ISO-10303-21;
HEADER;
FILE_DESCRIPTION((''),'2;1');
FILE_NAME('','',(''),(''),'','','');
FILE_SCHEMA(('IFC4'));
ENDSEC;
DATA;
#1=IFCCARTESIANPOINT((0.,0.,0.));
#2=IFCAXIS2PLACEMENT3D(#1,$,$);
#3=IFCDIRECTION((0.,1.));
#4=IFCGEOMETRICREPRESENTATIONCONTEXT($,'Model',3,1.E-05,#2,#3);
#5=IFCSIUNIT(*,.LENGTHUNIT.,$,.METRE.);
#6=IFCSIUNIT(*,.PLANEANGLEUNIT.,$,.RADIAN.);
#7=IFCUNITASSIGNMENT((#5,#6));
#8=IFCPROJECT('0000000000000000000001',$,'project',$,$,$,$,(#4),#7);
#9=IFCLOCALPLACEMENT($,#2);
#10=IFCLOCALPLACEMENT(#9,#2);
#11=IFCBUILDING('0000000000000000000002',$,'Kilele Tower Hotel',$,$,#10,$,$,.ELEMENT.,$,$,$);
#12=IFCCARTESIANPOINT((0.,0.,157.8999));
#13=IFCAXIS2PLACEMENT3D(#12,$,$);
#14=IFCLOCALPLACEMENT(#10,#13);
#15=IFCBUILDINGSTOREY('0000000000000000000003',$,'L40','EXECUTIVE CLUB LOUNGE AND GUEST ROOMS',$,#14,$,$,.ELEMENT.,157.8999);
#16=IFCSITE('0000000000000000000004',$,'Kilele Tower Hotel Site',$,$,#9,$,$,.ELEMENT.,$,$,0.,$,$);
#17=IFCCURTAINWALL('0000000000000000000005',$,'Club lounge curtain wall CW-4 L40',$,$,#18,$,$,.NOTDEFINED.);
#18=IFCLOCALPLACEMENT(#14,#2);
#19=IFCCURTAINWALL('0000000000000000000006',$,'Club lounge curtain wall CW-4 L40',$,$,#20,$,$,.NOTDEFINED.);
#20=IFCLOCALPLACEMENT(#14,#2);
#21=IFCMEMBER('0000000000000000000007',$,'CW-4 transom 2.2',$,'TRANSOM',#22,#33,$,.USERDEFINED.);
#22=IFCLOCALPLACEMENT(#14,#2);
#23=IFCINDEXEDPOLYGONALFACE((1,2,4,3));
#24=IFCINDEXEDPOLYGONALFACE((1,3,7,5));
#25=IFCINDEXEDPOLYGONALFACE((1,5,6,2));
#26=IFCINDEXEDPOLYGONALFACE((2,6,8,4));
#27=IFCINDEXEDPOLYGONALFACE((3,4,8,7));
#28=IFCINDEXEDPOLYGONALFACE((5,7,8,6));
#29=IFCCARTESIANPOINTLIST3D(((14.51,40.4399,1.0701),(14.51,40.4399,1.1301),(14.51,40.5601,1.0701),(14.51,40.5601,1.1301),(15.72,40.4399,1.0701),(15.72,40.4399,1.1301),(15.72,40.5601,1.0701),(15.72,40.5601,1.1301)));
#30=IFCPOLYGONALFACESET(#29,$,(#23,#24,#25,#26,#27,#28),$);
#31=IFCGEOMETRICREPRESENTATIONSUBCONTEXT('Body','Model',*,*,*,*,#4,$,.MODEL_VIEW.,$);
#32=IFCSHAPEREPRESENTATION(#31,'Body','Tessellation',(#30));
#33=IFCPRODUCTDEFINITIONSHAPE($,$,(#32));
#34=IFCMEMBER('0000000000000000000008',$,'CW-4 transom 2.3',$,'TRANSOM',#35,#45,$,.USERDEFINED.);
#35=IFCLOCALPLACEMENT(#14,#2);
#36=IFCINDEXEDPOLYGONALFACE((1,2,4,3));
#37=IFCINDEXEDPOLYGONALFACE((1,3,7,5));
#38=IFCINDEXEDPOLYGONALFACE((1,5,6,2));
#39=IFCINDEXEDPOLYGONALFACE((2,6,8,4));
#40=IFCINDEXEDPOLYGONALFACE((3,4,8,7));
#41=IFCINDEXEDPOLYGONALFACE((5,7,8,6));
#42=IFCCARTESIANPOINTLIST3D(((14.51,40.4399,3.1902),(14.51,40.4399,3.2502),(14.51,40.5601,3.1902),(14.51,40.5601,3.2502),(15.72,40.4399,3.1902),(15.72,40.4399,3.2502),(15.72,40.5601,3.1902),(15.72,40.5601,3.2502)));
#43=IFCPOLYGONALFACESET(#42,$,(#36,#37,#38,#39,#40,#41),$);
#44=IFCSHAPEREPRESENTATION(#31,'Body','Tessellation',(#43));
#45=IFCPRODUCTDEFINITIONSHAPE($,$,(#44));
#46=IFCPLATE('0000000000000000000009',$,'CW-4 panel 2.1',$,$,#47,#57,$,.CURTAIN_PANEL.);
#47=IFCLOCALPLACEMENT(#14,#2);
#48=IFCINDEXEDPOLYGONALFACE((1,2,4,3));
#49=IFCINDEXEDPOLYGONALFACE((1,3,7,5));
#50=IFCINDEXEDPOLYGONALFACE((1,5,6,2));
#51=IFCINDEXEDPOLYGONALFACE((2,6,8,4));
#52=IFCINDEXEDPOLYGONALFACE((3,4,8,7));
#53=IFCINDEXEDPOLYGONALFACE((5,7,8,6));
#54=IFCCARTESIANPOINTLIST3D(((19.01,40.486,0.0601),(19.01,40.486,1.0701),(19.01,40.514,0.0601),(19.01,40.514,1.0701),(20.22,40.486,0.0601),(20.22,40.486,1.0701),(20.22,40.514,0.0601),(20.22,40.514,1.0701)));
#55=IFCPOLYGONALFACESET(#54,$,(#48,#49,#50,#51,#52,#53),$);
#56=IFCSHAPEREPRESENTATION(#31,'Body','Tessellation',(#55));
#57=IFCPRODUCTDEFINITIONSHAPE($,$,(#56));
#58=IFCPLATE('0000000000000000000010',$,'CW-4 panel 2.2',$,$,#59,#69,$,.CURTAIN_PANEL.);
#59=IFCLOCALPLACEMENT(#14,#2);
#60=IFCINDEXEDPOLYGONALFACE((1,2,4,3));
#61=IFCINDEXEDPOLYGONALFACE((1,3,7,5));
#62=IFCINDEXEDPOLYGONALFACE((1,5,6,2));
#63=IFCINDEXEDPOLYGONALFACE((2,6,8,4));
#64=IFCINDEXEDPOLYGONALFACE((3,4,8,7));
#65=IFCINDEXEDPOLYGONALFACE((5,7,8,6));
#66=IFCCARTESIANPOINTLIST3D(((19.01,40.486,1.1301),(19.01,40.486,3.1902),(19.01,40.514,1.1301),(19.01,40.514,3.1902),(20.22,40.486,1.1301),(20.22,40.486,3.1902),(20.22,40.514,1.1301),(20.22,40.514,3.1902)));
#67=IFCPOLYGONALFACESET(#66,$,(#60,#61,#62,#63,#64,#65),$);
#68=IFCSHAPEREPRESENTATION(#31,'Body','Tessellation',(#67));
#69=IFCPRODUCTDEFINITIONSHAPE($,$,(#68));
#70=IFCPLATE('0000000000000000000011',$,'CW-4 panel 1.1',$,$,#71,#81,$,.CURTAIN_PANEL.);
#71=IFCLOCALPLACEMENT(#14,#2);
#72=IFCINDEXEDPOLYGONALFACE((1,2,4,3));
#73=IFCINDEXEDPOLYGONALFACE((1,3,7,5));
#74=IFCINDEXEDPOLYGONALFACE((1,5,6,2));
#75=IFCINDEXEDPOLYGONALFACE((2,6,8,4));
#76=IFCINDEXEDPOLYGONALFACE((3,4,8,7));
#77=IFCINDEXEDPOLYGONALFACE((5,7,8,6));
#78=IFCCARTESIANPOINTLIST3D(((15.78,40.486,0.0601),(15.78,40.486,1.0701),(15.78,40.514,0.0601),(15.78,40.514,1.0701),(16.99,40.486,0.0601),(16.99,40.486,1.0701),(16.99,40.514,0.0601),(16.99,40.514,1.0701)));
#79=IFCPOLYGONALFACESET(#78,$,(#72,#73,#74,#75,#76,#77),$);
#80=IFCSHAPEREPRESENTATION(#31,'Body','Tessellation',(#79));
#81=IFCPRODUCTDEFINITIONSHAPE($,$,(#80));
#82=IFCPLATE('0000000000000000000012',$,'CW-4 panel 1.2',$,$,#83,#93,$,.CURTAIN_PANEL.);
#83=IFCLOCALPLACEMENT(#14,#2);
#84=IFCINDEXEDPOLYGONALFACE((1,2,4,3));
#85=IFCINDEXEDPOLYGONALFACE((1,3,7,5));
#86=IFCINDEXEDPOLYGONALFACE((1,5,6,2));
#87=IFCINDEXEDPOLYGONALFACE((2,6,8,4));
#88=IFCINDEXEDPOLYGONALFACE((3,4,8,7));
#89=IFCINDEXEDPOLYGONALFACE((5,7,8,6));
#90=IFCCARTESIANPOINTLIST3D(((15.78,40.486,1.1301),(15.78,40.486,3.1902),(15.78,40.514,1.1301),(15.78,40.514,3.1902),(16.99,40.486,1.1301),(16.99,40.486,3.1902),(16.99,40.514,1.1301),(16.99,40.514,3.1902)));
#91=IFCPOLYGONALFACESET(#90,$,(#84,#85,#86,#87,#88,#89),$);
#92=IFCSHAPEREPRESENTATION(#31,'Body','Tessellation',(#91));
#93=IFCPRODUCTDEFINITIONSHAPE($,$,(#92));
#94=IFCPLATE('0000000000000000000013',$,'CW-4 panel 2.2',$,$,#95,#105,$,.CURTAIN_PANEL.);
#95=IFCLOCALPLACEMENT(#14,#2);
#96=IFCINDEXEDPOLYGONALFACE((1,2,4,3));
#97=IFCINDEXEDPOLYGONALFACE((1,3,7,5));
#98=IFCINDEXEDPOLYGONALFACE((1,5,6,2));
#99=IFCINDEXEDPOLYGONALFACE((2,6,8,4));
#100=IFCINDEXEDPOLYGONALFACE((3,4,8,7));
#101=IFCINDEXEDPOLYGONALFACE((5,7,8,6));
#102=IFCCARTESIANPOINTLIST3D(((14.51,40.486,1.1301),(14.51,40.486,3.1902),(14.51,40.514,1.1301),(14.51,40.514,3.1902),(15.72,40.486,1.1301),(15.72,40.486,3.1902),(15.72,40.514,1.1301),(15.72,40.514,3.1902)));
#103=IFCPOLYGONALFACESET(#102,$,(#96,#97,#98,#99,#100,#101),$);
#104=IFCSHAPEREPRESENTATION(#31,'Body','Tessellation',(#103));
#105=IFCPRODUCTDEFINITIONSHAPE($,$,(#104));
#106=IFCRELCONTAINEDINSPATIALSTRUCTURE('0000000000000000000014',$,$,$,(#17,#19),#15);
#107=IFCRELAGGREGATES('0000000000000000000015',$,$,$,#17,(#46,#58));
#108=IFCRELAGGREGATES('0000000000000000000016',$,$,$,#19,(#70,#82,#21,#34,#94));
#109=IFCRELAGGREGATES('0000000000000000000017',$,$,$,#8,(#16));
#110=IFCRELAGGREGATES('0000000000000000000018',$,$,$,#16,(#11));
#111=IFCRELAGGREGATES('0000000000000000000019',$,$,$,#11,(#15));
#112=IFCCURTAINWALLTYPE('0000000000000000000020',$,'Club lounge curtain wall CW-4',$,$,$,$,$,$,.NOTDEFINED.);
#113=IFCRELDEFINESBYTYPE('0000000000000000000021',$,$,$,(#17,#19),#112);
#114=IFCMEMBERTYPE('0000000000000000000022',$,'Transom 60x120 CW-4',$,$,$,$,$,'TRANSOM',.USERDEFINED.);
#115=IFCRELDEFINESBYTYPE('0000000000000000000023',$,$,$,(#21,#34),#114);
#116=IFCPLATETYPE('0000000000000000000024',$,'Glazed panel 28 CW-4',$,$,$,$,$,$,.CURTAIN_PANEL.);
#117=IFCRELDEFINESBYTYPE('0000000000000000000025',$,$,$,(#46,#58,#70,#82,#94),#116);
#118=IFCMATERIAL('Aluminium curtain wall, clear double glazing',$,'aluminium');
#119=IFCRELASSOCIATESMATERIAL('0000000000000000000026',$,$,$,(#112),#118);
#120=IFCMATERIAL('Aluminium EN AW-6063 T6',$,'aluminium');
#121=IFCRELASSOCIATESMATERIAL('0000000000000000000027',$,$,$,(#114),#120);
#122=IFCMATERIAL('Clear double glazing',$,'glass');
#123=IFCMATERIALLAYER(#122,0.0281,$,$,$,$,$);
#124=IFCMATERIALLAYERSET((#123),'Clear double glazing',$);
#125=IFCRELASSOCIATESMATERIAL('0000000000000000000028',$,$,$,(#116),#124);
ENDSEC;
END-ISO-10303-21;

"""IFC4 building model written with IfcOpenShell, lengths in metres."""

from ifc_helpers import new_model, si_unit, direction, frame, origin, origin_2d, place, context, subcontext, project, spatial, rectangle, extrude, material, layer, layer_set, material_profile, profile_set, type_object, element, aggregate, save


model = new_model("IFC4")

# Units and contexts
model_context = context("Model", 3, precision=1e-05, world=origin(), true_north=direction((0.0, 1.0)))
body_context = subcontext(model_context, "Body", "Model", "MODEL_VIEW")
ifc_project = project(units=[si_unit("LENGTHUNIT", "METRE"), si_unit("PLANEANGLEUNIT", "RADIAN")], contexts=[model_context])

# Site, building, storey
site_placement = place(None, origin())
site = spatial("IfcSite", under=ifc_project, at=site_placement, Name="Kilele Tower Hotel Site", CompositionType="ELEMENT", RefElevation=0.0)
building_placement = place(site_placement, origin())
building = spatial("IfcBuilding", under=site, at=building_placement, Name="Kilele Tower Hotel", CompositionType="ELEMENT")
storey_placement = place(building_placement, frame((0.0, 0.0, 157.8999)))
storey = spatial("IfcBuildingStorey", under=building, at=storey_placement, Name="L40", Description="EXECUTIVE CLUB LOUNGE AND GUEST ROOMS", CompositionType="ELEMENT", Elevation=157.8999)

# Curtain walls
ifc_material_1 = material(Name="Aluminium curtain wall, clear double glazing", Category="aluminium")
curtain_wall_type = type_object("IfcCurtainWallType", Name="Club lounge curtain wall CW-4", PredefinedType="NOTDEFINED", material=ifc_material_1)
curtain_wall_1_placement = place(storey_placement, origin())
curtain_wall_1 = element("IfcCurtainWall", 1, at=curtain_wall_1_placement, inside=storey, type_object=curtain_wall_type, Name="Club lounge curtain wall CW-4 L40", PredefinedType="NOTDEFINED")
curtain_wall_2_placement = place(storey_placement, origin())
curtain_wall_2 = element("IfcCurtainWall", 2, at=curtain_wall_2_placement, inside=storey, type_object=curtain_wall_type, Name="Club lounge curtain wall CW-4 L40", PredefinedType="NOTDEFINED")

# Members
ifc_material_2 = material(Name="Aluminium EN AW-6063 T6", Category="aluminium")
ifc_material_profile_1 = material_profile(ifc_material_2, rectangle(XDim=0.1201, YDim=0.0601, at=origin_2d()))
ifc_profile_set_1 = profile_set([ifc_material_profile_1], Name="Aluminium EN AW-6063 T6")
member_type_1 = type_object("IfcMemberType", Name="Transom 60x120 CW-4", ElementType="TRANSOM", PredefinedType="USERDEFINED", material=ifc_profile_set_1)
member_1_placement = place(storey_placement, frame((15.72, 40.5, 1.1001), z_axis=(-1.0, 0.0, 0.0), x_axis=(0.0, -1.0, 0.0)))
member_1 = element("IfcMember", 3, at=member_1_placement, type_object=member_type_1, Name="CW-4 transom 2.2", ObjectType="TRANSOM", PredefinedType="USERDEFINED", context=body_context, shape_type="SweptSolid", body=[
    extrude(rectangle(XDim=0.1201, YDim=0.0601, at=origin_2d()), origin(), (0.0, 0.0, 1.0), 1.21),
])
member_2_placement = place(storey_placement, frame((15.72, 40.5, 3.2202), z_axis=(-1.0, 0.0, 0.0), x_axis=(0.0, -1.0, 0.0)))
member_2 = element("IfcMember", 4, at=member_2_placement, type_object=member_type_1, Name="CW-4 transom 2.3", ObjectType="TRANSOM", PredefinedType="USERDEFINED", context=body_context, shape_type="SweptSolid", body=[
    extrude(rectangle(XDim=0.1201, YDim=0.0601, at=origin_2d()), origin(), (0.0, 0.0, 1.0), 1.21),
])

# Plates
ifc_material_3 = material(Name="Clear double glazing", Category="glass")
ifc_layer = layer(ifc_material_3, 0.0281)
ifc_layer_set = layer_set([ifc_layer], Name="Clear double glazing")
plate_type = type_object("IfcPlateType", Name="Glazed panel 28 CW-4", PredefinedType="CURTAIN_PANEL", material=ifc_layer_set)
plate_1_placement = place(storey_placement, frame((19.615, 40.5, 0.0601), z_axis=(0.0, 0.0, 1.0), x_axis=(-1.0, 0.0, 0.0)))
plate_1 = element("IfcPlate", 5, at=plate_1_placement, type_object=plate_type, Name="CW-4 panel 2.1", PredefinedType="CURTAIN_PANEL", context=body_context, shape_type="SweptSolid", body=[
    extrude(rectangle(XDim=1.21, YDim=0.0281, at=origin_2d()), origin(), (0.0, 0.0, 1.0), 1.01),
])
plate_2_placement = place(storey_placement, frame((19.615, 40.5, 1.1301), z_axis=(0.0, 0.0, 1.0), x_axis=(-1.0, 0.0, 0.0)))
plate_2 = element("IfcPlate", 6, at=plate_2_placement, type_object=plate_type, Name="CW-4 panel 2.2", PredefinedType="CURTAIN_PANEL", context=body_context, shape_type="SweptSolid", body=[
    extrude(rectangle(XDim=1.21, YDim=0.0281, at=origin_2d()), origin(), (0.0, 0.0, 1.0), 2.0601),
])
aggregate(curtain_wall_1, [plate_1, plate_2])
plate_3_placement = place(storey_placement, frame((16.385, 40.5, 0.0601), z_axis=(0.0, 0.0, 1.0), x_axis=(-1.0, 0.0, 0.0)))
plate_3 = element("IfcPlate", 7, at=plate_3_placement, type_object=plate_type, Name="CW-4 panel 1.1", PredefinedType="CURTAIN_PANEL", context=body_context, shape_type="SweptSolid", body=[
    extrude(rectangle(XDim=1.21, YDim=0.0281, at=origin_2d()), origin(), (0.0, 0.0, 1.0), 1.01),
])
plate_4_placement = place(storey_placement, frame((16.385, 40.5, 1.1301), z_axis=(0.0, 0.0, 1.0), x_axis=(-1.0, 0.0, 0.0)))
plate_4 = element("IfcPlate", 8, at=plate_4_placement, type_object=plate_type, Name="CW-4 panel 1.2", PredefinedType="CURTAIN_PANEL", context=body_context, shape_type="SweptSolid", body=[
    extrude(rectangle(XDim=1.21, YDim=0.0281, at=origin_2d()), origin(), (0.0, 0.0, 1.0), 2.0601),
])
plate_5_placement = place(storey_placement, frame((15.115, 40.5, 1.1301), z_axis=(0.0, 0.0, 1.0), x_axis=(-1.0, 0.0, 0.0)))
plate_5 = element("IfcPlate", 9, at=plate_5_placement, type_object=plate_type, Name="CW-4 panel 2.2", PredefinedType="CURTAIN_PANEL", context=body_context, shape_type="SweptSolid", body=[
    extrude(rectangle(XDim=1.21, YDim=0.0281, at=origin_2d()), origin(), (0.0, 0.0, 1.0), 2.0601),
])
aggregate(curtain_wall_2, [plate_3, plate_4, member_1, member_2, plate_5])

save(model, "model.ifc")
